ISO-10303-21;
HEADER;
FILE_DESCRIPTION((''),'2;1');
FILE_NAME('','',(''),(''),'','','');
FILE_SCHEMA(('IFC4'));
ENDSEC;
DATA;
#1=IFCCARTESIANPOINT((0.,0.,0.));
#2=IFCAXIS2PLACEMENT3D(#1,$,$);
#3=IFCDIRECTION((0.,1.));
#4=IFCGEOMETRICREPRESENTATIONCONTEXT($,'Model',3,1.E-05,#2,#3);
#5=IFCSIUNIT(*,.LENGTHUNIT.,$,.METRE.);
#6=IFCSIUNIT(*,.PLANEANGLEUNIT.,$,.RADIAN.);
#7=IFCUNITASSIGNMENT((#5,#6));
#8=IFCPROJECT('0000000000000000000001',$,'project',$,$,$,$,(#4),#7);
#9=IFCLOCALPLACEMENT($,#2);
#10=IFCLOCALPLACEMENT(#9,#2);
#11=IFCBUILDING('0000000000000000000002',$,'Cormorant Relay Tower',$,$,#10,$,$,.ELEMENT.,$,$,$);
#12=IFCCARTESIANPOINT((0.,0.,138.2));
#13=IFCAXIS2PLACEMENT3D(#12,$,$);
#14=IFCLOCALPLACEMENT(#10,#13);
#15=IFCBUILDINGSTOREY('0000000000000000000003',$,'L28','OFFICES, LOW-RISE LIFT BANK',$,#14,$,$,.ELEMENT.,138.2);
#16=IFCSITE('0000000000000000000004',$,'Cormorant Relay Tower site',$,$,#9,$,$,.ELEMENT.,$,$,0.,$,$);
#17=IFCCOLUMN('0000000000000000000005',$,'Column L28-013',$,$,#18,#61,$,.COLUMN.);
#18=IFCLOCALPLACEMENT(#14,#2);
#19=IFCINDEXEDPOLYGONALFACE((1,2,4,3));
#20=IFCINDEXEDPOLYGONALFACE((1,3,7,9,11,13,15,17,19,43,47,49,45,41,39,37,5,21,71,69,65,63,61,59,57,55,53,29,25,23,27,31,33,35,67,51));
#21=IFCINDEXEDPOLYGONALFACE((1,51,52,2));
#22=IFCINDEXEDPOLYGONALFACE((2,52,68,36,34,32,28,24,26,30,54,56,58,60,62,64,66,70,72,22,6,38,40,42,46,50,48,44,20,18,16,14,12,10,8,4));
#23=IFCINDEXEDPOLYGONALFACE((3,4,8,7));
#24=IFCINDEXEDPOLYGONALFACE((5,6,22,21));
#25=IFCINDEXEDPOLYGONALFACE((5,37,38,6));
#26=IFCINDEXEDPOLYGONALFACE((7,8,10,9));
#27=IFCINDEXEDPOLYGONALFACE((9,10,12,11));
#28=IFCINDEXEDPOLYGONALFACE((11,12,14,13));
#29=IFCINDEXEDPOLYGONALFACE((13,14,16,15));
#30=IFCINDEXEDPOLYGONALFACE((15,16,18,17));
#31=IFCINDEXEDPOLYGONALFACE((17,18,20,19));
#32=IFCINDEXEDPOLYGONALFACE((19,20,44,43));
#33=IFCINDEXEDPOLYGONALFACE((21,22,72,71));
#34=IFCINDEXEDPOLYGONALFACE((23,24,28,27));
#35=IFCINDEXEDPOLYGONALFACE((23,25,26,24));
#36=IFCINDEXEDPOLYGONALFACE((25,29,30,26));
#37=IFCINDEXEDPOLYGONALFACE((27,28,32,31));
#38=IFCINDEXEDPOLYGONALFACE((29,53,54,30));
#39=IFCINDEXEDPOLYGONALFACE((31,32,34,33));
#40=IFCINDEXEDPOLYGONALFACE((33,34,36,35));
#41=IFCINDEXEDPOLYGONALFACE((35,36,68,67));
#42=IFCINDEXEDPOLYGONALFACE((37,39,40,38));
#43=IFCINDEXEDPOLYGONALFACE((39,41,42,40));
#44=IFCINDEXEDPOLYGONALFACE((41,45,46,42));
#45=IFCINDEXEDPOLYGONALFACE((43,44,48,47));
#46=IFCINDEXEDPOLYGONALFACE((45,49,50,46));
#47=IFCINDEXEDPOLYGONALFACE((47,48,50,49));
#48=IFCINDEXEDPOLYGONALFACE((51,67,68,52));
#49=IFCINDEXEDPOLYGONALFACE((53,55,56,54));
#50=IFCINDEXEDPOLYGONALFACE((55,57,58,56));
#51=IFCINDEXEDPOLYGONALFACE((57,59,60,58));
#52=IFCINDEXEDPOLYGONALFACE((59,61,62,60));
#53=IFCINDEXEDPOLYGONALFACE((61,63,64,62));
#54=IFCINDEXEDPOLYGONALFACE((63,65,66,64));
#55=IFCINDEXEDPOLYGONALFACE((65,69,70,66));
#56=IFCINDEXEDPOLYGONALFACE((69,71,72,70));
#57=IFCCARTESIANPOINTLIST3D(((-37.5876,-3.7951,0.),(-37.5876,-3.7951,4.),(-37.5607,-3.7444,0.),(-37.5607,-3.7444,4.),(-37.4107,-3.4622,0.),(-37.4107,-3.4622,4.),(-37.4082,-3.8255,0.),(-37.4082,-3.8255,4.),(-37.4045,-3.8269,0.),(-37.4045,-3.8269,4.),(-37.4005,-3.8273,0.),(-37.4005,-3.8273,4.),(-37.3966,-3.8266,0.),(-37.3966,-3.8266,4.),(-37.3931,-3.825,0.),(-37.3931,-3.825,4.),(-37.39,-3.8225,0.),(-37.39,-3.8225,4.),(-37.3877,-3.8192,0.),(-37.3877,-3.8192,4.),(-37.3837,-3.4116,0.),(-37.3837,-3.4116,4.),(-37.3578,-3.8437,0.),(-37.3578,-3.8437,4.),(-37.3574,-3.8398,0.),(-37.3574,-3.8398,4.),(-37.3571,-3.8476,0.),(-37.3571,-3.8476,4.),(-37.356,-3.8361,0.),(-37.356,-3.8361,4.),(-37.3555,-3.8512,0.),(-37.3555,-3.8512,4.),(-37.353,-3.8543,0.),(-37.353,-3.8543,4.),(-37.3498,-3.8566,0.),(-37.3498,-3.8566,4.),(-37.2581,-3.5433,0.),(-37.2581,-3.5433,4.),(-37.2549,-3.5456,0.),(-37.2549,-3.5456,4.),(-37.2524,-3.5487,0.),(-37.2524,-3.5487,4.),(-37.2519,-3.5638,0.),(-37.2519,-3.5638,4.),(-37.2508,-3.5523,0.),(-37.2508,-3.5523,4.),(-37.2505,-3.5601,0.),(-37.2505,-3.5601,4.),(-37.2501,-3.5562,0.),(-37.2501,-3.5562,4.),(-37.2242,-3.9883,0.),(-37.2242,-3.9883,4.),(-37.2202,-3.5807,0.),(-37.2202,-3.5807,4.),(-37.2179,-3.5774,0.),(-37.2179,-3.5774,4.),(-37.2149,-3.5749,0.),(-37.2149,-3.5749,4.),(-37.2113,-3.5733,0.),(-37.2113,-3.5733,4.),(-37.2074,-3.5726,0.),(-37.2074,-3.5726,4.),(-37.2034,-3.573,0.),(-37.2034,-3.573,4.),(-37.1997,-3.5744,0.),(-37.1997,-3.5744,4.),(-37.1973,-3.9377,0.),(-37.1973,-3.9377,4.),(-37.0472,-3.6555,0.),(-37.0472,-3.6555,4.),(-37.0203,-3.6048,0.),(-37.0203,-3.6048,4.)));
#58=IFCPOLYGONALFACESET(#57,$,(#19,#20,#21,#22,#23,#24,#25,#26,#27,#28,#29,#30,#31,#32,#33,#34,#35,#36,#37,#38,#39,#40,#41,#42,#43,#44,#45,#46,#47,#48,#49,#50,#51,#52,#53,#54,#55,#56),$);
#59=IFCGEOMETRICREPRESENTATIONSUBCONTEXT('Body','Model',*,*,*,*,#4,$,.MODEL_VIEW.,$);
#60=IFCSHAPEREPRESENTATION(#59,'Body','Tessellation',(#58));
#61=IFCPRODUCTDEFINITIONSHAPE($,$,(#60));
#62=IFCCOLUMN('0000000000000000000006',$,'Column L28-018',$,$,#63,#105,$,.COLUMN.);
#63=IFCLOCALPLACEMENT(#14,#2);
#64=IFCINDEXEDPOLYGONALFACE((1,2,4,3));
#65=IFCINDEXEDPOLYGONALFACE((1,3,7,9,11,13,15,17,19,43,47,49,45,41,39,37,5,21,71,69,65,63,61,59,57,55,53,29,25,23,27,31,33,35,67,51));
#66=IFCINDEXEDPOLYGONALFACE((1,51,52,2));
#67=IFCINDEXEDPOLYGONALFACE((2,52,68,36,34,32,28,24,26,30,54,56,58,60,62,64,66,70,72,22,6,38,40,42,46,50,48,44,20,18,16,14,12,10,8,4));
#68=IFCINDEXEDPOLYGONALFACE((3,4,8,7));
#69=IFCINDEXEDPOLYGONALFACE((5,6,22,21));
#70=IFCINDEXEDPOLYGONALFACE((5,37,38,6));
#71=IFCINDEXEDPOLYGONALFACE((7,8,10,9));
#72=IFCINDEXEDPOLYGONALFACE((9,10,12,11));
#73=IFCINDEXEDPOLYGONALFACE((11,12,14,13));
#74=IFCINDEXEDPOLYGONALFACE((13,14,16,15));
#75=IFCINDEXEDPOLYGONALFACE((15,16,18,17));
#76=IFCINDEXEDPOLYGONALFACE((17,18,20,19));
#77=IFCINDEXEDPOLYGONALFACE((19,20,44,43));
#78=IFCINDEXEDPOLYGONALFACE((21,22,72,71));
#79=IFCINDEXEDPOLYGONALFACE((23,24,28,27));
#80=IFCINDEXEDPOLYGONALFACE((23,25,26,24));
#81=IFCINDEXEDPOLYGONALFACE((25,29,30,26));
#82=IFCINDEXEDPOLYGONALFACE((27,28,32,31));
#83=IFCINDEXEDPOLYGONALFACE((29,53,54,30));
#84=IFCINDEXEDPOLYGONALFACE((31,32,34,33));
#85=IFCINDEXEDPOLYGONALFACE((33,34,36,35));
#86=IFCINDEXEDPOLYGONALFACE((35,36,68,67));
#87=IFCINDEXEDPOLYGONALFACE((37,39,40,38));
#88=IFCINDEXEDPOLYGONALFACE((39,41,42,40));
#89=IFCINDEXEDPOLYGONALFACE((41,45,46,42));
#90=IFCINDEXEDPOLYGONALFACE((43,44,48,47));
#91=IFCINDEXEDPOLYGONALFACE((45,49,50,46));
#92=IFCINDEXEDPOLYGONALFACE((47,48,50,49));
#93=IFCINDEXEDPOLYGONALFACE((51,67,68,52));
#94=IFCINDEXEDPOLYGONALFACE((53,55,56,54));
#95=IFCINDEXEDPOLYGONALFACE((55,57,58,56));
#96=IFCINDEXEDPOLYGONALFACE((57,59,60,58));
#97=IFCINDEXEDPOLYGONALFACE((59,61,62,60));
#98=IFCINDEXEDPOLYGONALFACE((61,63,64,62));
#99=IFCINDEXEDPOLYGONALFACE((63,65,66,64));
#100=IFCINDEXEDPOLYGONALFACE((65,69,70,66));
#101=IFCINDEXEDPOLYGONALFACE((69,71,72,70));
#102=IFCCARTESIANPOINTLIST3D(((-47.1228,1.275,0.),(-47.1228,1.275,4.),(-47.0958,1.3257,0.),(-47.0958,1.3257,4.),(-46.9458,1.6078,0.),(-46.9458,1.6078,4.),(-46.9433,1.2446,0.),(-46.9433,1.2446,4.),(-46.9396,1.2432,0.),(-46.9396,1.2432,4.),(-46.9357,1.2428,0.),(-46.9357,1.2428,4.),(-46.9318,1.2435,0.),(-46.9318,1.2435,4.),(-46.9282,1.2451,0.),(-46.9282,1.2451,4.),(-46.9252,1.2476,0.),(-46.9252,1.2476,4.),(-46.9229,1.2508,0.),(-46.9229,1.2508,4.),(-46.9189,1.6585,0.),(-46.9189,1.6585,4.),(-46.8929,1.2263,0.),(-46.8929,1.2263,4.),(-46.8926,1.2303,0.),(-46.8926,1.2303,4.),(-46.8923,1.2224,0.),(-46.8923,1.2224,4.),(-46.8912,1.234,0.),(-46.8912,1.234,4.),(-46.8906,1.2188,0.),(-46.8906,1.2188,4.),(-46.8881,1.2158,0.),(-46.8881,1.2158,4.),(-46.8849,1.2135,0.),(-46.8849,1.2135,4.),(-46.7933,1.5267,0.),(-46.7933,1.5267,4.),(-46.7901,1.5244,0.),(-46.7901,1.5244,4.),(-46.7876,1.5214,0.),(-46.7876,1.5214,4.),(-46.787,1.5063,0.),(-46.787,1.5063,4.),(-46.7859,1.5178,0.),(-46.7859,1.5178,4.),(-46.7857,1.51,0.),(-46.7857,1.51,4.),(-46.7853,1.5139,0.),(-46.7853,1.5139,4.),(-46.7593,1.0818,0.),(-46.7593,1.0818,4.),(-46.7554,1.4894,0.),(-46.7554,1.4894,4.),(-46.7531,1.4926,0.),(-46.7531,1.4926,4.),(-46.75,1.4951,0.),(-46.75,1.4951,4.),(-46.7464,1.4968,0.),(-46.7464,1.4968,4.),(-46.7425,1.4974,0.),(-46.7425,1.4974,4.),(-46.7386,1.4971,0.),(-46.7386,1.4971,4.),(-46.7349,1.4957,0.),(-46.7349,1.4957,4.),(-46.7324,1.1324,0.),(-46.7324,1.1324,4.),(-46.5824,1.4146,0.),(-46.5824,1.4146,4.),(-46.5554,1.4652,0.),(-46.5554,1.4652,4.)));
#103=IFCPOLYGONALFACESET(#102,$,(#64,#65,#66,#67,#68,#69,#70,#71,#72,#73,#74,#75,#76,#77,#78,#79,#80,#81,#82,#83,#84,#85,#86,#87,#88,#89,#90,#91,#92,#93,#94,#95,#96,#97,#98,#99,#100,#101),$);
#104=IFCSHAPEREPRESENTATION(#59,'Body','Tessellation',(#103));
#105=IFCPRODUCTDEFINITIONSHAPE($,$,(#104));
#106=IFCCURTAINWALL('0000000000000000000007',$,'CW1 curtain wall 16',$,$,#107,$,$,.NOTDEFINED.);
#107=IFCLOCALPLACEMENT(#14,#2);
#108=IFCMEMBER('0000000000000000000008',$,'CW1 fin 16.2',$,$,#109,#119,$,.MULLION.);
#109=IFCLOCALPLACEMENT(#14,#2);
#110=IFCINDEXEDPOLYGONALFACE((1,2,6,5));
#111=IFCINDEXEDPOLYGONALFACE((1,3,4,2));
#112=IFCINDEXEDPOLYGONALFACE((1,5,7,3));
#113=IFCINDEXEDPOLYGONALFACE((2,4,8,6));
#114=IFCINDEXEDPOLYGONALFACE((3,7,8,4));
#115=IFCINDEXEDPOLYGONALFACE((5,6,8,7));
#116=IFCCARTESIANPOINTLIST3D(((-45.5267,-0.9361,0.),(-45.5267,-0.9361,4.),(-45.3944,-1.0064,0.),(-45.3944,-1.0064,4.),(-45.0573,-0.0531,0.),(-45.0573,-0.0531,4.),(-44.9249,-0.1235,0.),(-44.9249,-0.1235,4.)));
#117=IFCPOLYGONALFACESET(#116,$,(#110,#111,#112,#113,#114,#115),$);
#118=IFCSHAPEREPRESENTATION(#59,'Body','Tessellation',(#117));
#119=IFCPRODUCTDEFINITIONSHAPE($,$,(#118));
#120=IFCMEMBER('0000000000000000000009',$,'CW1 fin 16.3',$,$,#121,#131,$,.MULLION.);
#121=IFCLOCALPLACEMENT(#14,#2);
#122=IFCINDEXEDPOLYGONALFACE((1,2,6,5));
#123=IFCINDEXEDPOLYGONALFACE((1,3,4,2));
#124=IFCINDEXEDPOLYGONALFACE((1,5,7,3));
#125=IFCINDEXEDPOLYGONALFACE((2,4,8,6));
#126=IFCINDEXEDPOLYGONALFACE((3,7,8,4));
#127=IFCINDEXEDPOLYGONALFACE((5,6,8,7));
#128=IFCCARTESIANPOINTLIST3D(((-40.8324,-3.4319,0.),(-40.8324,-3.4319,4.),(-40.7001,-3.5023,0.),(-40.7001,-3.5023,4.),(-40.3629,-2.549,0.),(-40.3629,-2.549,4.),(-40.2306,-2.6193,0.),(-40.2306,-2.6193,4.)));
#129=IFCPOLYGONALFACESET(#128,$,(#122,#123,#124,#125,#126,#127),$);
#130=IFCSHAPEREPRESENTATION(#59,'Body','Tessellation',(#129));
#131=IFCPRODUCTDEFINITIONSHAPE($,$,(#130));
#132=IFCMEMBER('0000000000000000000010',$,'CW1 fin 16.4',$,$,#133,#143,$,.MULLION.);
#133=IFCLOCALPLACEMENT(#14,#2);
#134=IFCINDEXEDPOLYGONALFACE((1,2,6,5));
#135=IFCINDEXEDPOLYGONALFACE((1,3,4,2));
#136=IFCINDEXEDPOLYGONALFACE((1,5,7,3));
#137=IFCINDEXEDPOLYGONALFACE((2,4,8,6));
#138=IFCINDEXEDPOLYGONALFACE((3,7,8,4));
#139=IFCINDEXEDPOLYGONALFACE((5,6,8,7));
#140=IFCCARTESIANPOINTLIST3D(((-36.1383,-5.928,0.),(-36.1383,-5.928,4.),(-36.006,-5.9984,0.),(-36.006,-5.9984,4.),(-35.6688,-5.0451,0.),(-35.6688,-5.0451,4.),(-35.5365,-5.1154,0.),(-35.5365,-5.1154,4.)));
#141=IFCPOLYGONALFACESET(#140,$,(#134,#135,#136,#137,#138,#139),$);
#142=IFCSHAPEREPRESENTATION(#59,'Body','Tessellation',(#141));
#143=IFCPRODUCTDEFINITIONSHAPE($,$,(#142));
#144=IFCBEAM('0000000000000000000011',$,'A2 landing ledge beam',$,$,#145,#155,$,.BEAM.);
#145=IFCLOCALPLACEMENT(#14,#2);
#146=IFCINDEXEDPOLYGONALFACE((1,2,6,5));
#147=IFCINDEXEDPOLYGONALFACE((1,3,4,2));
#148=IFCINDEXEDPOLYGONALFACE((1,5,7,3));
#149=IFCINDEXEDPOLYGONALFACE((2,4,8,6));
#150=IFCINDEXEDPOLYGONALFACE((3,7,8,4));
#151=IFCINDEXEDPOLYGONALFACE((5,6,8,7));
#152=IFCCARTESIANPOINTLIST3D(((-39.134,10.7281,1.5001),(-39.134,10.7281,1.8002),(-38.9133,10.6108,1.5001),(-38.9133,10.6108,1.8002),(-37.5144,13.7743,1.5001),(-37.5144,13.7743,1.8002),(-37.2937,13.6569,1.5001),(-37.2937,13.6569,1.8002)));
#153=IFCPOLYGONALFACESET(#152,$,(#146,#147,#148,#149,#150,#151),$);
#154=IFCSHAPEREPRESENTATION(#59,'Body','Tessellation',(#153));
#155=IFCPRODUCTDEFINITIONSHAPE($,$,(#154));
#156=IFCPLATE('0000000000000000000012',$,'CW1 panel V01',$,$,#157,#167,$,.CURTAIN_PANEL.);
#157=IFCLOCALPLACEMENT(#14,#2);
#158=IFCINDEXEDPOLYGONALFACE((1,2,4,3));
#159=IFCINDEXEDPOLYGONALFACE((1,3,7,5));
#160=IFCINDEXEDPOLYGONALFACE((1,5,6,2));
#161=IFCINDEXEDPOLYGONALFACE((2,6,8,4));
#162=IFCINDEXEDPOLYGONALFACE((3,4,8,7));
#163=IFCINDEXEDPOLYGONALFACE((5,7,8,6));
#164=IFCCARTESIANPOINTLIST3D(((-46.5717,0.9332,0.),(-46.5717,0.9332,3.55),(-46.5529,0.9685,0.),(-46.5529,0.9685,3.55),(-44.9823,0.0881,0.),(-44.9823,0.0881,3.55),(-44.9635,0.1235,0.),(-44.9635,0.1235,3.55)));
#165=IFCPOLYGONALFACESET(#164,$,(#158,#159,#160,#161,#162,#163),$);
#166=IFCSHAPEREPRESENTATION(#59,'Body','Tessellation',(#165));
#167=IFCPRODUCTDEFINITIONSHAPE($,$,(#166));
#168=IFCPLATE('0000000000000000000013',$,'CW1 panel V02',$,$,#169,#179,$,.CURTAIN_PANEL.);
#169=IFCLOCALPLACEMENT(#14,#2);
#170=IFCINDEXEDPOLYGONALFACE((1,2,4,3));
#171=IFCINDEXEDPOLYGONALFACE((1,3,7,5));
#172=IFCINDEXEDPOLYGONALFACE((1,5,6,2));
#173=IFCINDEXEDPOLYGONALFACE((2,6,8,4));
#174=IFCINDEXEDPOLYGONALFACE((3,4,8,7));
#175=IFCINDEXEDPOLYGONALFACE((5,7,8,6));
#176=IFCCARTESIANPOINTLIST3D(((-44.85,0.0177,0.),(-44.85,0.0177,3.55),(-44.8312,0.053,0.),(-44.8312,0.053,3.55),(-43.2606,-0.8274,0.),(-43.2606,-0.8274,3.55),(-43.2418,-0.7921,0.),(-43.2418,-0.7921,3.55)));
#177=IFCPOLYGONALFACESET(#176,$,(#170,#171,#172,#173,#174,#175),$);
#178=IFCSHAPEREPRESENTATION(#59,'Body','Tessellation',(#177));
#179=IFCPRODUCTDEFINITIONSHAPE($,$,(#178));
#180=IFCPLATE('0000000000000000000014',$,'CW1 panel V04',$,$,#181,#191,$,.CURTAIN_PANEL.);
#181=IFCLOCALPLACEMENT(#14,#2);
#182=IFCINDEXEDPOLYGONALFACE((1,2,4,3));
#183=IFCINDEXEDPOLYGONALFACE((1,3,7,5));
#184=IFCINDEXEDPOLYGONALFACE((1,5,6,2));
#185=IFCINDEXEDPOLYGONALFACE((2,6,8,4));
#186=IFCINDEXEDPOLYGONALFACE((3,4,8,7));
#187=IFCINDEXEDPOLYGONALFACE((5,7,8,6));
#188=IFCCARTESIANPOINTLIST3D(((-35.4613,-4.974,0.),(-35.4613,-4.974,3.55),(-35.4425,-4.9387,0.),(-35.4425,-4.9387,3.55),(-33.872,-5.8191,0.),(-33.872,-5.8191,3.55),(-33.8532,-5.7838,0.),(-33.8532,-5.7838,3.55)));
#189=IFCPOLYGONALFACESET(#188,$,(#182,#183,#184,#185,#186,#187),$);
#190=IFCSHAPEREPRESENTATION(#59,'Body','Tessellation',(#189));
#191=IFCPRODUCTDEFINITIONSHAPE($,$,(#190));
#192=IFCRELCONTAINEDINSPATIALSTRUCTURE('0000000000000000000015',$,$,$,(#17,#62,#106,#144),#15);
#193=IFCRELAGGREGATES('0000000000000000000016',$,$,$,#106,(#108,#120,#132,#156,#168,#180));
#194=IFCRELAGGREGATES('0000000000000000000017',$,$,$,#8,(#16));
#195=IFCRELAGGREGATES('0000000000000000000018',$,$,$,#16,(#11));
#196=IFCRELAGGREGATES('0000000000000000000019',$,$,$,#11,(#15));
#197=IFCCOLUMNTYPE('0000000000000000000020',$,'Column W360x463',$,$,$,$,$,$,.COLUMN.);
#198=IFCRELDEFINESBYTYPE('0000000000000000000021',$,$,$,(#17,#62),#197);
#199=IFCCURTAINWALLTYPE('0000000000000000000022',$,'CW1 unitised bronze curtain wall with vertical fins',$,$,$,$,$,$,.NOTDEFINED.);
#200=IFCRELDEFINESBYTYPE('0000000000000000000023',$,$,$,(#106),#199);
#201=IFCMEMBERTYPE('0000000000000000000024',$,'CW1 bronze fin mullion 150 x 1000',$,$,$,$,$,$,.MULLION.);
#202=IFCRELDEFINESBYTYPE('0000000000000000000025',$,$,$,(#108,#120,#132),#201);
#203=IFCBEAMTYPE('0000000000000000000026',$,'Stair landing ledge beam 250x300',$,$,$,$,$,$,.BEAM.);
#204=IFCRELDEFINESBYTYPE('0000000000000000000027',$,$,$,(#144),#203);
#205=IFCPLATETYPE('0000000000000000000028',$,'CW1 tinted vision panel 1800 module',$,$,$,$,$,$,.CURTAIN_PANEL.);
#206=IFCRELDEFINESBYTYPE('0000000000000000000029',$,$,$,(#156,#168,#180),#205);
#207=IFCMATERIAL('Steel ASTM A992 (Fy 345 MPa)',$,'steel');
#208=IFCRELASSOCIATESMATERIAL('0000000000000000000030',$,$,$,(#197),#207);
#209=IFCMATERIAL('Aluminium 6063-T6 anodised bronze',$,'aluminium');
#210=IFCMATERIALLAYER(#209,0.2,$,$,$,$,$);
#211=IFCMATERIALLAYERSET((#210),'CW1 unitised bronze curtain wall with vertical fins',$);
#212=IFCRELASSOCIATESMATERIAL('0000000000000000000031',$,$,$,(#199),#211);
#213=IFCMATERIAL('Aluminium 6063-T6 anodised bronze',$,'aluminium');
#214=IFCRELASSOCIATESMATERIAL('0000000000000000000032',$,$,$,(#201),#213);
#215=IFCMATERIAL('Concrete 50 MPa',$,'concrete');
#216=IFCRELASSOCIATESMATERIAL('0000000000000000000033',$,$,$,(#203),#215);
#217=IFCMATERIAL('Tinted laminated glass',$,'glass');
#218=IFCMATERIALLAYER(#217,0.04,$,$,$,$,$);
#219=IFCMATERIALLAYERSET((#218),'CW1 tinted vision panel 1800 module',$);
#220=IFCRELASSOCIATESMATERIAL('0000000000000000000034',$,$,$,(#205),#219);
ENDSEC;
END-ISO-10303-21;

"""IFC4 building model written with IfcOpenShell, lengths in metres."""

from ifc_helpers import new_model, si_unit, direction, frame, origin, origin_2d, place, context, subcontext, project, spatial, rectangle, i_section, extrude, material, layer, layer_set, material_profile, profile_set, type_object, element, aggregate, save


model = new_model("IFC4")

# Units and contexts
model_context = context("Model", 3, precision=1e-05, world=origin(), true_north=direction((0.0, 1.0)))
body_context = subcontext(model_context, "Body", "Model", "MODEL_VIEW")
ifc_project = project(units=[si_unit("LENGTHUNIT", "METRE"), si_unit("PLANEANGLEUNIT", "RADIAN")], contexts=[model_context])

# Site, building, storey
site_placement = place(None, origin())
site = spatial("IfcSite", under=ifc_project, at=site_placement, Name="Cormorant Relay Tower site", CompositionType="ELEMENT", RefElevation=0.0)
building_placement = place(site_placement, origin())
building = spatial("IfcBuilding", under=site, at=building_placement, Name="Cormorant Relay Tower", CompositionType="ELEMENT")
storey_placement = place(building_placement, frame((0.0, 0.0, 138.2)))
storey = spatial("IfcBuildingStorey", under=building, at=storey_placement, Name="L28", Description="OFFICES, LOW-RISE LIFT BANK", CompositionType="ELEMENT", Elevation=138.2)

# Columns
ifc_material_1 = material(Name="Steel ASTM A992 (Fy 345 MPa)", Category="steel")
ifc_material_profile_1 = material_profile(ifc_material_1, i_section(OverallWidth=0.4116, OverallDepth=0.4343, WebThickness=0.0359, FlangeThickness=0.0574, FilletRadius=0.0151, at=origin_2d()), Name="W360x463")
ifc_profile_set_1 = profile_set([ifc_material_profile_1], Name="Steel ASTM A992 (Fy 345 MPa)")
column_type = type_object("IfcColumnType", Name="Column W360x463", PredefinedType="COLUMN", material=ifc_profile_set_1)
for number, where, z_axis, x_axis, name in (
    (1, (-37.304, -3.7, 0.0), (0.0, 0.0, 1.0), (0.882948, -0.469472, 0.0), "Column L28-013"),
    (2, (-46.8391, 1.3701, 0.0), (0.0, 0.0, 1.0), (0.882948, -0.469472, 0.0), "Column L28-018"),
):
    element("IfcColumn", number, at=place(storey_placement, frame(where, z_axis=z_axis, x_axis=x_axis)), inside=storey, type_object=column_type, Name=name, PredefinedType="COLUMN", context=body_context, shape_type="SweptSolid", body=[
        extrude(i_section(OverallWidth=0.4116, OverallDepth=0.4343, WebThickness=0.0359, FlangeThickness=0.0574, FilletRadius=0.0151, at=origin_2d()), origin(), (0.0, 0.0, 1.0), 4.0),
    ])

# Curtain wall, members
ifc_material_2 = material(Name="Aluminium 6063-T6 anodised bronze", Category="aluminium")
ifc_layer_1 = layer(ifc_material_2, 0.2)
ifc_layer_set_1 = layer_set([ifc_layer_1], Name="CW1 unitised bronze curtain wall with vertical fins")
curtain_wall_type = type_object("IfcCurtainWallType", Name="CW1 unitised bronze curtain wall with vertical fins", PredefinedType="NOTDEFINED", material=ifc_layer_set_1)
curtain_wall_placement = place(storey_placement, origin())
curtain_wall = element("IfcCurtainWall", 3, at=curtain_wall_placement, inside=storey, type_object=curtain_wall_type, Name="CW1 curtain wall 16", PredefinedType="NOTDEFINED")
ifc_material_3 = material(Name="Aluminium 6063-T6 anodised bronze", Category="aluminium")
ifc_material_profile_2 = material_profile(ifc_material_3, rectangle(XDim=0.1499, YDim=1.0, at=origin_2d()), Name="AL 150x1000")
ifc_profile_set_2 = profile_set([ifc_material_profile_2], Name="Aluminium 6063-T6 anodised bronze")
member_type = type_object("IfcMemberType", Name="CW1 bronze fin mullion 150 x 1000", PredefinedType="MULLION", material=ifc_profile_set_2)
member_1_placement = place(storey_placement, frame((-45.2258, -0.5298, 0.0), z_axis=(0.0, 0.0, 1.0), x_axis=(0.882948, -0.469472, 0.0)))
member_1 = element("IfcMember", 4, at=member_1_placement, type_object=member_type, Name="CW1 fin 16.2", PredefinedType="MULLION", context=body_context, shape_type="SweptSolid", body=[
    extrude(rectangle(XDim=0.1499, YDim=1.0, at=origin_2d()), origin(), (0.0, 0.0, 1.0), 4.0),
])
member_2_placement = place(storey_placement, frame((-40.5315, -3.0256, 0.0), z_axis=(0.0, 0.0, 1.0), x_axis=(0.882948, -0.469472, 0.0)))
member_2 = element("IfcMember", 5, at=member_2_placement, type_object=member_type, Name="CW1 fin 16.3", PredefinedType="MULLION", context=body_context, shape_type="SweptSolid", body=[
    extrude(rectangle(XDim=0.1499, YDim=1.0, at=origin_2d()), origin(), (0.0, 0.0, 1.0), 4.0),
])
member_3_placement = place(storey_placement, frame((-35.8374, -5.5217, 0.0), z_axis=(0.0, 0.0, 1.0), x_axis=(0.882948, -0.469472, 0.0)))
member_3 = element("IfcMember", 6, at=member_3_placement, type_object=member_type, Name="CW1 fin 16.4", PredefinedType="MULLION", context=body_context, shape_type="SweptSolid", body=[
    extrude(rectangle(XDim=0.1499, YDim=1.0, at=origin_2d()), origin(), (0.0, 0.0, 1.0), 4.0),
])

# Beam
ifc_material_4 = material(Name="Concrete 50 MPa", Category="concrete")
ifc_material_profile_3 = material_profile(ifc_material_4, rectangle(XDim=0.25, YDim=0.3, at=origin_2d()), Name="RC 250x300")
ifc_profile_set_3 = profile_set([ifc_material_profile_3], Name="Concrete 50 MPa")
beam_type = type_object("IfcBeamType", Name="Stair landing ledge beam 250x300", PredefinedType="BEAM", material=ifc_profile_set_3)
beam_placement = place(storey_placement, frame((-37.4041, 13.7156, 1.6501), z_axis=(-0.469464, -0.882952, 0.0), x_axis=(0.882952, -0.469464, 0.0)))
element("IfcBeam", 7, at=beam_placement, inside=storey, type_object=beam_type, Name="A2 landing ledge beam", PredefinedType="BEAM", context=body_context, shape_type="SweptSolid", body=[
    extrude(rectangle(XDim=0.25, YDim=0.3, at=origin_2d()), origin(), (0.0, 0.0, 1.0), 3.45),
])

# Plates
ifc_material_5 = material(Name="Tinted laminated glass", Category="glass")
ifc_layer_2 = layer(ifc_material_5, 0.04)
ifc_layer_set_2 = layer_set([ifc_layer_2], Name="CW1 tinted vision panel 1800 module")
plate_type = type_object("IfcPlateType", Name="CW1 tinted vision panel 1800 module", PredefinedType="CURTAIN_PANEL", material=ifc_layer_set_2)
plate_1_placement = place(storey_placement, frame((-45.7676, 0.5283, 0.0), z_axis=(0.0, 0.0, 1.0), x_axis=(0.882948, -0.469472, 0.0)))
plate_1 = element("IfcPlate", 8, at=plate_1_placement, type_object=plate_type, Name="CW1 panel V01", PredefinedType="CURTAIN_PANEL", context=body_context, shape_type="SweptSolid", body=[
    extrude(rectangle(XDim=1.8, YDim=0.04, at=origin_2d()), origin(), (0.0, 0.0, 1.0), 3.55),
])
plate_2_placement = place(storey_placement, frame((-44.0459, -0.3872, 0.0), z_axis=(0.0, 0.0, 1.0), x_axis=(0.882948, -0.469472, 0.0)))
plate_2 = element("IfcPlate", 9, at=plate_2_placement, type_object=plate_type, Name="CW1 panel V02", PredefinedType="CURTAIN_PANEL", context=body_context, shape_type="SweptSolid", body=[
    extrude(rectangle(XDim=1.8, YDim=0.04, at=origin_2d()), origin(), (0.0, 0.0, 1.0), 3.55),
])
plate_3_placement = place(storey_placement, frame((-34.6572, -5.3789, 0.0), z_axis=(0.0, 0.0, 1.0), x_axis=(0.882948, -0.469472, 0.0)))
plate_3 = element("IfcPlate", 10, at=plate_3_placement, type_object=plate_type, Name="CW1 panel V04", PredefinedType="CURTAIN_PANEL", context=body_context, shape_type="SweptSolid", body=[
    extrude(rectangle(XDim=1.8, YDim=0.04, at=origin_2d()), origin(), (0.0, 0.0, 1.0), 3.55),
])

aggregate(curtain_wall, [member_1, member_2, member_3, plate_1, plate_2, plate_3])

save(model, "model.ifc")
